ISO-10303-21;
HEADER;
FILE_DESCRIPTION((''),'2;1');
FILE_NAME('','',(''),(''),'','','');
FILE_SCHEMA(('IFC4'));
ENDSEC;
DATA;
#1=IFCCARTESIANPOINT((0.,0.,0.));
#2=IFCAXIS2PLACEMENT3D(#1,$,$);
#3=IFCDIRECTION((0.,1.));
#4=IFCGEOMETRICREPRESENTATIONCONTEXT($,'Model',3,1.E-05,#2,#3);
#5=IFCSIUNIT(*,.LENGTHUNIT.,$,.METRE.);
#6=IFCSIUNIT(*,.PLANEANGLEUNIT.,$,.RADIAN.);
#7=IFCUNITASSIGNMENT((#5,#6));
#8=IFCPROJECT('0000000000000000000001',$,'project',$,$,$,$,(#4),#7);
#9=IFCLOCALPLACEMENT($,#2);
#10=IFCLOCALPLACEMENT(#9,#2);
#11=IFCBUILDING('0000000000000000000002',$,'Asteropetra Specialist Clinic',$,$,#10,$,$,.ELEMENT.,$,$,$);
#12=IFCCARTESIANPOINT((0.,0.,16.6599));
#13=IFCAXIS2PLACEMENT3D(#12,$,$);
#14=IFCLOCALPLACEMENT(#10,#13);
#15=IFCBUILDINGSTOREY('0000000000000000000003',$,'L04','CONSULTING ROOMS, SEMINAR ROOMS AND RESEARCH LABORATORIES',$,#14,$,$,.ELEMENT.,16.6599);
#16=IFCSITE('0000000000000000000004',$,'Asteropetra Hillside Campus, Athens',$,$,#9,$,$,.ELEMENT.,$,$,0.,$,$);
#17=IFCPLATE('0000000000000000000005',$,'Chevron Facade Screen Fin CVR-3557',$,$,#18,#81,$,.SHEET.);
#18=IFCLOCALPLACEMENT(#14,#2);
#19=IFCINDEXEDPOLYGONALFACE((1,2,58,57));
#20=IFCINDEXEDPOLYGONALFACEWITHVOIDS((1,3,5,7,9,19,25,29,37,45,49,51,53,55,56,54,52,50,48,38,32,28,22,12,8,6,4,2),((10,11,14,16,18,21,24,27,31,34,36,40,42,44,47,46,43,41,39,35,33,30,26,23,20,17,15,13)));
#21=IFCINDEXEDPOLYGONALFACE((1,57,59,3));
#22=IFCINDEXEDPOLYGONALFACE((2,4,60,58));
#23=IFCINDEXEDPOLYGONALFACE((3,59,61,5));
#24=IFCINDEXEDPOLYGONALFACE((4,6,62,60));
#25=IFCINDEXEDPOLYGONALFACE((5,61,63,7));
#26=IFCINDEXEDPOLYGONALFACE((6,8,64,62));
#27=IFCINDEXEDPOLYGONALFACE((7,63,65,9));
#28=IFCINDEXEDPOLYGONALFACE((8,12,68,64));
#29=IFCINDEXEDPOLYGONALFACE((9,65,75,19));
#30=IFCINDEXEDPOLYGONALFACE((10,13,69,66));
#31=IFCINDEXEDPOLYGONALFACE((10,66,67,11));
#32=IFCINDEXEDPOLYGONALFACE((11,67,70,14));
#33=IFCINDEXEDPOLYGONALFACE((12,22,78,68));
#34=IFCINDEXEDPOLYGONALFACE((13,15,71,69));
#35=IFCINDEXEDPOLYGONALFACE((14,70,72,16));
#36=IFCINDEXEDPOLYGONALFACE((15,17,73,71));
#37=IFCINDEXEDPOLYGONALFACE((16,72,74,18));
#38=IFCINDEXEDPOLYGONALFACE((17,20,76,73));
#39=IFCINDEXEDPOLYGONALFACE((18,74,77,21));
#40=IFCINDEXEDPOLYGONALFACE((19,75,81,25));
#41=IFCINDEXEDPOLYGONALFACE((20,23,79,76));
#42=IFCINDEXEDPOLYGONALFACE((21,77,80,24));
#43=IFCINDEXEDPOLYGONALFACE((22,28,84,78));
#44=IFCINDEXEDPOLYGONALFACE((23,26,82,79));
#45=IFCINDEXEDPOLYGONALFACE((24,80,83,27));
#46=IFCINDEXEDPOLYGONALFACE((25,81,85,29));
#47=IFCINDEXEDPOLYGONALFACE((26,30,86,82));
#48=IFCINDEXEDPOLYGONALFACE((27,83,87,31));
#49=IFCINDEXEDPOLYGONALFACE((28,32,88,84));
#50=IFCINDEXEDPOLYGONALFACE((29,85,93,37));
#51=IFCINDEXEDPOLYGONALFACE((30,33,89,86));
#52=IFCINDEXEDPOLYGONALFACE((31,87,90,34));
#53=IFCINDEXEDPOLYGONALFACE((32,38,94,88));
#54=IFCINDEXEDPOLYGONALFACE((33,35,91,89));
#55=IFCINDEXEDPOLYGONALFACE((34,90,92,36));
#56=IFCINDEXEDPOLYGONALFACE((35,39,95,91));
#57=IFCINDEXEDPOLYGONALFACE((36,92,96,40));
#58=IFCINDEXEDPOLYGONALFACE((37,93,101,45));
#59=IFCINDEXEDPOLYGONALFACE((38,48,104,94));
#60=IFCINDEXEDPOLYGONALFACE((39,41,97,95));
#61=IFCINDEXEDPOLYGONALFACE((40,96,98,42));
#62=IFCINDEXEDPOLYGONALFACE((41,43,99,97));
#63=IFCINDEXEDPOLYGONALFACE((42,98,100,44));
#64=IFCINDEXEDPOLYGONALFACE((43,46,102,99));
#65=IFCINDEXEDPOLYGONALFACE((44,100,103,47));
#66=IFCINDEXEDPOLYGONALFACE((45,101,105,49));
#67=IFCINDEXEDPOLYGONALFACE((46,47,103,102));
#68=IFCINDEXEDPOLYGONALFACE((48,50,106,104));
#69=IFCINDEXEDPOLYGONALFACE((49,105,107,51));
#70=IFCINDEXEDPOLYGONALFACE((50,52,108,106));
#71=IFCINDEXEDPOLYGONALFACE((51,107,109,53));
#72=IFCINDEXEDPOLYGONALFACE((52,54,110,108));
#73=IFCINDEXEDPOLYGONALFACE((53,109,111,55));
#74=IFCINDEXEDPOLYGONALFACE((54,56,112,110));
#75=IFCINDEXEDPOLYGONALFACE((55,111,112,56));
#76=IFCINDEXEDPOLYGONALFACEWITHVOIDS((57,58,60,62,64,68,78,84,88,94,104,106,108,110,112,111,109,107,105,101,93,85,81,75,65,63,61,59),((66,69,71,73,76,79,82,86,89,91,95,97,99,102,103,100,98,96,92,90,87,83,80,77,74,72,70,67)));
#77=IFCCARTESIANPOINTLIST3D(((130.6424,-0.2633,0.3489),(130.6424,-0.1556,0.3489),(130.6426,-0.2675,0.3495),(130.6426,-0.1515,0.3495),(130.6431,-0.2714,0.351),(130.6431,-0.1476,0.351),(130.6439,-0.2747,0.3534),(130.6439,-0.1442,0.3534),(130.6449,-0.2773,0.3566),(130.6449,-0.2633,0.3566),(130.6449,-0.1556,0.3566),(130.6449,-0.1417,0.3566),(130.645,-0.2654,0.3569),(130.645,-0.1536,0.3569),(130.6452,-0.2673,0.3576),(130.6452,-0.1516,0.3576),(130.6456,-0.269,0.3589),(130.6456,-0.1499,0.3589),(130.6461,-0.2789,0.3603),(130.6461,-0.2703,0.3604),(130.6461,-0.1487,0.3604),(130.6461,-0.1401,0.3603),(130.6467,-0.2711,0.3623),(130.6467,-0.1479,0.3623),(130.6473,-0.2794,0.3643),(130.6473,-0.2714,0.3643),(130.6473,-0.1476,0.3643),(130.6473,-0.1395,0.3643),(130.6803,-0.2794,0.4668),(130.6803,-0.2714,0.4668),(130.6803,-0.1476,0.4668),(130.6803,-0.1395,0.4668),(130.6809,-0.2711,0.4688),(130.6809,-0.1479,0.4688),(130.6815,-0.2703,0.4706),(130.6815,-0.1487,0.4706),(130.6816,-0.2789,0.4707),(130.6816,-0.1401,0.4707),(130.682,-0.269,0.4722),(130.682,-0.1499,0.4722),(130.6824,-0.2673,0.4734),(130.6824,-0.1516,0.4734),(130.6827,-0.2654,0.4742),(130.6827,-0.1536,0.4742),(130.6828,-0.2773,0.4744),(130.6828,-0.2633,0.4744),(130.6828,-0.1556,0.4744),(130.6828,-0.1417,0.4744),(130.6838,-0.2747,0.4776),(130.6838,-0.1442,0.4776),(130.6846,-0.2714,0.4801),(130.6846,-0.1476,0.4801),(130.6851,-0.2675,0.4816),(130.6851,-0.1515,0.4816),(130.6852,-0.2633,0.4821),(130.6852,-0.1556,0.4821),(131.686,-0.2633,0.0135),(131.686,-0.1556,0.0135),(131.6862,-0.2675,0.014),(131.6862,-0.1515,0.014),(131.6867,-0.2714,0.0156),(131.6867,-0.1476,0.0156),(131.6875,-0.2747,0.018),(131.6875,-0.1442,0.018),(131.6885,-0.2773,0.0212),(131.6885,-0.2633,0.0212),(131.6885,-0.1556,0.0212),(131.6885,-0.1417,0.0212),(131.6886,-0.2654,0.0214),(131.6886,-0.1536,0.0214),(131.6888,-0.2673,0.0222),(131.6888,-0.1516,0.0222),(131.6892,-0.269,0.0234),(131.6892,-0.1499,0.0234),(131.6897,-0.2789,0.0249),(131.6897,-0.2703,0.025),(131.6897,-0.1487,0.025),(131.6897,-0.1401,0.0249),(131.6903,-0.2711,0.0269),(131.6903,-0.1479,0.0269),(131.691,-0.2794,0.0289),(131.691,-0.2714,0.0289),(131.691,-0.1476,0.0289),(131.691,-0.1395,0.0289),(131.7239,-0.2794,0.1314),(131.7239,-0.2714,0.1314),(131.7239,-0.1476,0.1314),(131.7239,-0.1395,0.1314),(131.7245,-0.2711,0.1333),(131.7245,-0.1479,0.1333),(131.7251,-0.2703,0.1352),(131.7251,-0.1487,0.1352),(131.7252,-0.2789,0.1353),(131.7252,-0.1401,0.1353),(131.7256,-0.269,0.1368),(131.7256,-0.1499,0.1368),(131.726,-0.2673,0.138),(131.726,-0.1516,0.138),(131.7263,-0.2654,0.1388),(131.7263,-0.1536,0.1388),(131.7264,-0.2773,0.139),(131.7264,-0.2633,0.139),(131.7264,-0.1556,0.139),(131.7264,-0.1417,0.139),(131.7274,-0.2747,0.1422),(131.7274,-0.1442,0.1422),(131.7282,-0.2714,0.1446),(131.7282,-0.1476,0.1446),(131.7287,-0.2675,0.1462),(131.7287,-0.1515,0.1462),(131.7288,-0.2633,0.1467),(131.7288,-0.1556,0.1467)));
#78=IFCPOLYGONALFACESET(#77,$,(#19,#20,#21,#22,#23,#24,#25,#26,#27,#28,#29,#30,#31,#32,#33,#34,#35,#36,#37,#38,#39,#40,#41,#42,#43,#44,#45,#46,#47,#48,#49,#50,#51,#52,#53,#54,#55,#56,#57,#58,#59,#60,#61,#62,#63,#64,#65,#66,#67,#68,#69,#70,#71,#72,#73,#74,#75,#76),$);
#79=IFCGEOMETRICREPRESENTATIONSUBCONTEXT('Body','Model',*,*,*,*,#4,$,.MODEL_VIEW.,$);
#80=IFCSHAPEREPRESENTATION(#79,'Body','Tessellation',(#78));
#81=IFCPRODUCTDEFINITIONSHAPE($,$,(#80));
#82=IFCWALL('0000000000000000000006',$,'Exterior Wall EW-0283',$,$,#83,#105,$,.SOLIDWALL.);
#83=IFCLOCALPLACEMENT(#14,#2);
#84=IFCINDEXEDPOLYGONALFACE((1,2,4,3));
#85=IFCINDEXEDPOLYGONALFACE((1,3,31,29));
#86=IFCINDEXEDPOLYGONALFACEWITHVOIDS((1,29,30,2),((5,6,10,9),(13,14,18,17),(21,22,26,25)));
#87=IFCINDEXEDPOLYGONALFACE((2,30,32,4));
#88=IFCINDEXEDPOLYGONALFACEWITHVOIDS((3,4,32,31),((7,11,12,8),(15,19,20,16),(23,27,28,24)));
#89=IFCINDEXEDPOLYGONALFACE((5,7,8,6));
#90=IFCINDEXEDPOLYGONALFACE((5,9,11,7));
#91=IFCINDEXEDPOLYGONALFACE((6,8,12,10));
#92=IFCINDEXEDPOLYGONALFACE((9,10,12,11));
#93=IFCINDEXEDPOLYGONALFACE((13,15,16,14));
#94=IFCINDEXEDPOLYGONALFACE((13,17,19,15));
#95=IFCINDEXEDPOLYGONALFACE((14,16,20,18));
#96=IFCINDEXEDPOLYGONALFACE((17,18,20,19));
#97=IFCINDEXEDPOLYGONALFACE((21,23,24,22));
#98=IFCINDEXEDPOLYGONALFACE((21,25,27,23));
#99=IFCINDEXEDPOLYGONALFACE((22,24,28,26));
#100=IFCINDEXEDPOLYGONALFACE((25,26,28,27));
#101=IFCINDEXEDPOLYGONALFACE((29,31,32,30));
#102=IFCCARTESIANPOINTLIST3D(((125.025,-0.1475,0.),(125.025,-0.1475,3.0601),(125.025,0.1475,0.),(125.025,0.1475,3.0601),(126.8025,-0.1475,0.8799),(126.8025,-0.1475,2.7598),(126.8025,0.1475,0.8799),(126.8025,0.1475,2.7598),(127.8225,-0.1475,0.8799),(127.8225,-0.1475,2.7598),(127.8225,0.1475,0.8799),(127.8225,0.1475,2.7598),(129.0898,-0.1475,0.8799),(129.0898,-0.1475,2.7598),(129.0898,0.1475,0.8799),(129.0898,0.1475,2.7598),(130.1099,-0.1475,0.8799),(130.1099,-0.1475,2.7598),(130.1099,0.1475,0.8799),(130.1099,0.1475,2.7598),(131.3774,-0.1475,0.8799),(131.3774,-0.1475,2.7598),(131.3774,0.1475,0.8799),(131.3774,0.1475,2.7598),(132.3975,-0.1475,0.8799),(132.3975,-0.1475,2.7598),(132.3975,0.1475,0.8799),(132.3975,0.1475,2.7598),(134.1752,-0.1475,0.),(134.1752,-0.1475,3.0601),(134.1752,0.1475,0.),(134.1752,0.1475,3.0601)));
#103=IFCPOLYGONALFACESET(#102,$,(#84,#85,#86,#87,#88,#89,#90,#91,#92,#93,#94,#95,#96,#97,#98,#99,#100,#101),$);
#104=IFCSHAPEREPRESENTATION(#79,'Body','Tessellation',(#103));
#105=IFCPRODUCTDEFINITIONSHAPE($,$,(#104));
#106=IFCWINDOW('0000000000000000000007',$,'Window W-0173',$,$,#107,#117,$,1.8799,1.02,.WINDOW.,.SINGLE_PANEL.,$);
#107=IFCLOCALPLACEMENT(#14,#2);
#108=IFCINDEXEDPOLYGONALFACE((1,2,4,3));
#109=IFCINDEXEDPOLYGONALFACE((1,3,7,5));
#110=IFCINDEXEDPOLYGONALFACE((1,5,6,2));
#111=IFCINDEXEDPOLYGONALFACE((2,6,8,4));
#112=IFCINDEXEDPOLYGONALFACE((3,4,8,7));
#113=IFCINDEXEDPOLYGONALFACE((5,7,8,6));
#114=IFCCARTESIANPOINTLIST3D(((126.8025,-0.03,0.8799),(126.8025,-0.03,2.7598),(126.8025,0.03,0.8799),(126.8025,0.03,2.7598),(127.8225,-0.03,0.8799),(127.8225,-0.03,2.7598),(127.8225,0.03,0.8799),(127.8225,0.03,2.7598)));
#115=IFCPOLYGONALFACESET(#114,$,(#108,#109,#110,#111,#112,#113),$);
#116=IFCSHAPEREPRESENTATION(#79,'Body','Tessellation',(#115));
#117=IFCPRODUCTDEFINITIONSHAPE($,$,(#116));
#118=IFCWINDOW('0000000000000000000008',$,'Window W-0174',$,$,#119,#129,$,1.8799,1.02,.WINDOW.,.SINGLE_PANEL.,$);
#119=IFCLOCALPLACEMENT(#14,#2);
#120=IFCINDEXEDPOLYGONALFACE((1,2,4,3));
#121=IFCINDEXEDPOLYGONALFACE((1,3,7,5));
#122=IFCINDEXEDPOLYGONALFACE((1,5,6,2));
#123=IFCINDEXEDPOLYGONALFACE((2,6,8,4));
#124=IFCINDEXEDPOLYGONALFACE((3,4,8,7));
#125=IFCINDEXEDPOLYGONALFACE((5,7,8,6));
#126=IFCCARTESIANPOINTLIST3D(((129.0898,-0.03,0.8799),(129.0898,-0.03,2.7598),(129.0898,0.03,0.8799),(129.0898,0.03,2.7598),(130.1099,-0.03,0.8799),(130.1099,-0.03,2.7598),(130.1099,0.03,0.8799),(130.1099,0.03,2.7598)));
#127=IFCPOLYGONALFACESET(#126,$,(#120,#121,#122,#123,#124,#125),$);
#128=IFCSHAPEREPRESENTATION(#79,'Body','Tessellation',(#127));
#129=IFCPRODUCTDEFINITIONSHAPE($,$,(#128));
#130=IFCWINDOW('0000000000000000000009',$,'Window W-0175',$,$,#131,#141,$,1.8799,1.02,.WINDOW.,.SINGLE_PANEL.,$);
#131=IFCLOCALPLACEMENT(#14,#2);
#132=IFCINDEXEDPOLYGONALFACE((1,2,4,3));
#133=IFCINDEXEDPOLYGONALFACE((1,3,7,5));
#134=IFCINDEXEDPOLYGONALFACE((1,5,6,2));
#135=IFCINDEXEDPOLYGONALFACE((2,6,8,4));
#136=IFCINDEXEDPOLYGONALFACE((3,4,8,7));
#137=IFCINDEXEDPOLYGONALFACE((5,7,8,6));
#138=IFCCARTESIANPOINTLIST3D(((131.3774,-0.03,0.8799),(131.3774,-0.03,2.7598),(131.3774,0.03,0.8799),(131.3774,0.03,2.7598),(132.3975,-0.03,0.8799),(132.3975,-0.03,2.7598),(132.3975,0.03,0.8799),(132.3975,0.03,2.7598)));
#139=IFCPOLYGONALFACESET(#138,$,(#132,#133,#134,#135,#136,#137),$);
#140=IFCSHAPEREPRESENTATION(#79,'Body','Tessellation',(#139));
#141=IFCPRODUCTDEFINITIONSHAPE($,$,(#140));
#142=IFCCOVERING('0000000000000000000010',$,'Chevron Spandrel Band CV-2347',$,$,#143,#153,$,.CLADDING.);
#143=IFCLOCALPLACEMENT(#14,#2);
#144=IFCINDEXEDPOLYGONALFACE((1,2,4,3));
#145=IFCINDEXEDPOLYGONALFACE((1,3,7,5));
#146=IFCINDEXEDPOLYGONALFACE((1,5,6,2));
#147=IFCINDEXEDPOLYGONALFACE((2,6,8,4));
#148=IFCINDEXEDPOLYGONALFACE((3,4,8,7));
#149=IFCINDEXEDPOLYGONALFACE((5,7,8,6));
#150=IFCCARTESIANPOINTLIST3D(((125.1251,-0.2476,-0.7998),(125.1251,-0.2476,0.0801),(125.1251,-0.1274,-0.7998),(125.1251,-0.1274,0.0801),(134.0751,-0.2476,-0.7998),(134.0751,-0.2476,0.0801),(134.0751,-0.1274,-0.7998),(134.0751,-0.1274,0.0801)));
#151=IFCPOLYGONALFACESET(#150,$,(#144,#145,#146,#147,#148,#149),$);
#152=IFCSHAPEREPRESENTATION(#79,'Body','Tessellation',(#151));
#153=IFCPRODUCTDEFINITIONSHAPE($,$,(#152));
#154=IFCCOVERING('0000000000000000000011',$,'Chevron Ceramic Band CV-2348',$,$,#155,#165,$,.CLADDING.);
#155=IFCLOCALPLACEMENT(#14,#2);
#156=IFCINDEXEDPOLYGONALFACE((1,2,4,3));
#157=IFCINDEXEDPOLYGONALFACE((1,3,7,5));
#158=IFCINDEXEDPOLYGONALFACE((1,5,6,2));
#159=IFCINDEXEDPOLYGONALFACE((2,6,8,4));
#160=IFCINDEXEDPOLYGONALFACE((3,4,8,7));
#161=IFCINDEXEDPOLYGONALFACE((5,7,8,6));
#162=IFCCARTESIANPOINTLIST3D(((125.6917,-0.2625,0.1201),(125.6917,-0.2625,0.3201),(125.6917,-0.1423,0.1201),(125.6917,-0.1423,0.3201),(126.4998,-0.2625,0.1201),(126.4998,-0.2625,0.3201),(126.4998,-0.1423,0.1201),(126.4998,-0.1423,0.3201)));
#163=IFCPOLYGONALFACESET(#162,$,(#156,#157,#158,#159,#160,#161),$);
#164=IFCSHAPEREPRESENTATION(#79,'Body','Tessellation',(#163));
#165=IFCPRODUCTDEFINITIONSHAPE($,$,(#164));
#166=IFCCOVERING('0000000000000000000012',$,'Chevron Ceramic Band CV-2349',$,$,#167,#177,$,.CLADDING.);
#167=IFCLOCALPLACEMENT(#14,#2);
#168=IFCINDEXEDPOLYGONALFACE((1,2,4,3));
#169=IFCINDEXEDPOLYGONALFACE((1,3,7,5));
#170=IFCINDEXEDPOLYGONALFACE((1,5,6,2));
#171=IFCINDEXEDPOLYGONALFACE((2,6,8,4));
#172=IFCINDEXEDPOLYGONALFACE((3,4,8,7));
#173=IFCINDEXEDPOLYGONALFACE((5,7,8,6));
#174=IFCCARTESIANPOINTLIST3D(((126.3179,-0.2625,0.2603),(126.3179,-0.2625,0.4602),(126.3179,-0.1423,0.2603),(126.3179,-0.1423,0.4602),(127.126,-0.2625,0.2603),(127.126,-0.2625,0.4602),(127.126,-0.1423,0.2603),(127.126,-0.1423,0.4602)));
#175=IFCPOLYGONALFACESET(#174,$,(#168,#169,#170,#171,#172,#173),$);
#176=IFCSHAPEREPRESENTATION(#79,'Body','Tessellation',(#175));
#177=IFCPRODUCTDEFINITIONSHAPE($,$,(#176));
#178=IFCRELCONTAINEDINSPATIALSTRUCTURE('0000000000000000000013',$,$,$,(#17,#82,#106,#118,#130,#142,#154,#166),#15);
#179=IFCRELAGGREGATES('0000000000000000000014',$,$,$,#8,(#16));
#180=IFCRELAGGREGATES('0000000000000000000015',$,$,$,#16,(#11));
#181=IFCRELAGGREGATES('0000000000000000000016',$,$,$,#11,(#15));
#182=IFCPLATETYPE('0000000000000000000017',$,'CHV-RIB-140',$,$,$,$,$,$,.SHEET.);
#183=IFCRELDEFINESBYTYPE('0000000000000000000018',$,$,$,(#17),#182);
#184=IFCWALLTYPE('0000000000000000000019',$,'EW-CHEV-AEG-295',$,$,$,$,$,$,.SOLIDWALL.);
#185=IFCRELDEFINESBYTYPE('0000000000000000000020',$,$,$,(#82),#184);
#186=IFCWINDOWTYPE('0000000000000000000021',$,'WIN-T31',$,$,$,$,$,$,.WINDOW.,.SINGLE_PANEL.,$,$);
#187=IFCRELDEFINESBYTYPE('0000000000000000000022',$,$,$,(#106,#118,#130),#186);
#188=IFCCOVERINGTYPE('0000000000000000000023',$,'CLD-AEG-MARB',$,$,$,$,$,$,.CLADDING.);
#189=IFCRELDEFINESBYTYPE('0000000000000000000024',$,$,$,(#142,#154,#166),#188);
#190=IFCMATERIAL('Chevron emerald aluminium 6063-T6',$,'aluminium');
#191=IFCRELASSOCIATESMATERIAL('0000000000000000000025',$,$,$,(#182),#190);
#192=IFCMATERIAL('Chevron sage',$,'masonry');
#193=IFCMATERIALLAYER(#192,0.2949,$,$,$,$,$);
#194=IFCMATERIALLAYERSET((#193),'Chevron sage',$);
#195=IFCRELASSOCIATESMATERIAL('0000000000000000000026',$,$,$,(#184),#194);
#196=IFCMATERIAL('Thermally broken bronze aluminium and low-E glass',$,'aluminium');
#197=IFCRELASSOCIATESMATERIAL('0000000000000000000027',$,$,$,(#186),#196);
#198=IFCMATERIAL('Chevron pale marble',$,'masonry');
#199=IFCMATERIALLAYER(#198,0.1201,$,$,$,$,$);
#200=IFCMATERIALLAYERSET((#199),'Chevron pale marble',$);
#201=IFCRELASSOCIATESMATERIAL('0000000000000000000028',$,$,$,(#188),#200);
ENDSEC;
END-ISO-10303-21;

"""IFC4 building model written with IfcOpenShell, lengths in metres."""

from ifc_helpers import new_model, si_unit, direction, frame, frame_2d, origin, origin_2d, place, context, subcontext, project, spatial, rectangle, hollow_rectangle, extrude, material, layer, layer_set, material_profile, profile_set, type_object, element, fill, save


model = new_model("IFC4")

# Units and contexts
model_context = context("Model", 3, precision=1e-05, world=origin(), true_north=direction((0.0, 1.0)))
body_context = subcontext(model_context, "Body", "Model", "MODEL_VIEW")
ifc_project = project(units=[si_unit("LENGTHUNIT", "METRE"), si_unit("PLANEANGLEUNIT", "RADIAN")], contexts=[model_context])

# Site, building, storey
site_placement = place(None, origin())
site = spatial("IfcSite", under=ifc_project, at=site_placement, Name="Asteropetra Hillside Campus, Athens", CompositionType="ELEMENT", RefElevation=0.0)
building_placement = place(site_placement, origin())
building = spatial("IfcBuilding", under=site, at=building_placement, Name="Asteropetra Specialist Clinic", CompositionType="ELEMENT")
storey_placement = place(building_placement, frame((0.0, 0.0, 16.6599)))
storey = spatial("IfcBuildingStorey", under=building, at=storey_placement, Name="L04", Description="CONSULTING ROOMS, SEMINAR ROOMS AND RESEARCH LABORATORIES", CompositionType="ELEMENT", Elevation=16.6599)

# Plate
ifc_material_1 = material(Name="Chevron emerald aluminium 6063-T6", Category="aluminium")
ifc_material_profile_1 = material_profile(ifc_material_1, hollow_rectangle(XDim=0.1399, YDim=0.1399, WallThickness=0.0081, InnerFilletRadius=0.0081, OuterFilletRadius=0.0161, at=origin_2d()), Name="SHS 140x140x8.0")
ifc_profile_set_1 = profile_set([ifc_material_profile_1], Name="Chevron emerald aluminium 6063-T6")
plate_type = type_object("IfcPlateType", Name="CHV-RIB-140", PredefinedType="SHEET", material=ifc_profile_set_1)
for number, where, z_axis, x_axis, name in (
    (1, (130.6638, -0.2095, 0.4155), (0.952036, 0.0, -0.305988), (0.0, 1.0, 0.0), "Chevron Facade Screen Fin CVR-3557"),
):
    element("IfcPlate", number, at=place(storey_placement, frame(where, z_axis=z_axis, x_axis=x_axis)), inside=storey, type_object=plate_type, Name=name, PredefinedType="SHEET", context=body_context, shape_type="SweptSolid", body=[
        extrude(hollow_rectangle(XDim=0.1399, YDim=0.1399, WallThickness=0.0081, InnerFilletRadius=0.0081, OuterFilletRadius=0.0161, at=origin_2d()), origin(), (0.0, 0.0, 1.0), 1.0962),
    ])

# Wall, openings, windows
ifc_material_2 = material(Name="Chevron sage", Category="masonry")
ifc_layer_1 = layer(ifc_material_2, 0.2949)
ifc_layer_set_1 = layer_set([ifc_layer_1], Name="Chevron sage")
wall_type = type_object("IfcWallType", Name="EW-CHEV-AEG-295", PredefinedType="SOLIDWALL", material=ifc_layer_set_1)
wall_placement = place(storey_placement, frame((125.0249, 0.0, 0.0), z_axis=(0.0, 0.0, 1.0), x_axis=(1.0, 0.0, 0.0)))
wall = element("IfcWall", 2, at=wall_placement, inside=storey, type_object=wall_type, Name="Exterior Wall EW-0283", PredefinedType="SOLIDWALL", context=body_context, shape_type="SweptSolid", body=[
    extrude(rectangle(XDim=9.1501, YDim=0.2949, at=frame_2d((4.5752, 0.0))), origin(), (0.0, 0.0, 1.0), 3.0601),
])
opening_1_placement = place(wall_placement, frame((1.7776, 0.0, 0.8799)))
opening_1 = element("IfcOpeningElement", 3, at=opening_1_placement, cuts=wall, PredefinedType="OPENING", context=body_context, shape_type="SweptSolid", body=[
    extrude(rectangle(XDim=1.02, YDim=1.8799, at=frame_2d((0.51, 0.9399))), frame((0.0, 0.1575, 0.0), z_axis=(0.0, -1.0, 0.0), x_axis=(1.0, 0.0, 0.0)), (0.0, 0.0, 1.0), 0.3149),
])
opening_2_placement = place(wall_placement, frame((4.0649, 0.0, 0.8799)))
opening_2 = element("IfcOpeningElement", 4, at=opening_2_placement, cuts=wall, PredefinedType="OPENING", context=body_context, shape_type="SweptSolid", body=[
    extrude(rectangle(XDim=1.02, YDim=1.8799, at=frame_2d((0.51, 0.9399))), frame((0.0, 0.1575, 0.0), z_axis=(0.0, -1.0, 0.0), x_axis=(1.0, 0.0, 0.0)), (0.0, 0.0, 1.0), 0.3149),
])
opening_3_placement = place(wall_placement, frame((6.3525, 0.0, 0.8799)))
opening_3 = element("IfcOpeningElement", 5, at=opening_3_placement, cuts=wall, PredefinedType="OPENING", context=body_context, shape_type="SweptSolid", body=[
    extrude(rectangle(XDim=1.02, YDim=1.8799, at=frame_2d((0.51, 0.9399))), frame((0.0, 0.1575, 0.0), z_axis=(0.0, -1.0, 0.0), x_axis=(1.0, 0.0, 0.0)), (0.0, 0.0, 1.0), 0.3149),
])
ifc_material_3 = material(Name="Thermally broken bronze aluminium and low-E glass", Category="aluminium")
window_type = type_object("IfcWindowType", Name="WIN-T31", PartitioningType="SINGLE_PANEL", PredefinedType="WINDOW", material=ifc_material_3)
window_1_placement = place(opening_1_placement, origin())
window_1 = element("IfcWindow", 6, at=window_1_placement, inside=storey, type_object=window_type, Name="Window W-0173", OverallHeight=1.8799, OverallWidth=1.02, PartitioningType="SINGLE_PANEL", PredefinedType="WINDOW", context=body_context, shape_type="SweptSolid", body=[
    extrude(rectangle(XDim=1.02, YDim=1.8799, at=frame_2d((0.51, 0.9399))), frame((0.0, 0.03, 0.0), z_axis=(0.0, -1.0, 0.0), x_axis=(1.0, 0.0, 0.0)), (0.0, 0.0, 1.0), 0.0601),
])
fill(opening_1, window_1)
window_2_placement = place(opening_2_placement, origin())
window_2 = element("IfcWindow", 7, at=window_2_placement, inside=storey, type_object=window_type, Name="Window W-0174", OverallHeight=1.8799, OverallWidth=1.02, PartitioningType="SINGLE_PANEL", PredefinedType="WINDOW", context=body_context, shape_type="SweptSolid", body=[
    extrude(rectangle(XDim=1.02, YDim=1.8799, at=frame_2d((0.51, 0.9399))), frame((0.0, 0.03, 0.0), z_axis=(0.0, -1.0, 0.0), x_axis=(1.0, 0.0, 0.0)), (0.0, 0.0, 1.0), 0.0601),
])
fill(opening_2, window_2)
window_3_placement = place(opening_3_placement, origin())
window_3 = element("IfcWindow", 8, at=window_3_placement, inside=storey, type_object=window_type, Name="Window W-0175", OverallHeight=1.8799, OverallWidth=1.02, PartitioningType="SINGLE_PANEL", PredefinedType="WINDOW", context=body_context, shape_type="SweptSolid", body=[
    extrude(rectangle(XDim=1.02, YDim=1.8799, at=frame_2d((0.51, 0.9399))), frame((0.0, 0.03, 0.0), z_axis=(0.0, -1.0, 0.0), x_axis=(1.0, 0.0, 0.0)), (0.0, 0.0, 1.0), 0.0601),
])
fill(opening_3, window_3)

# Coverings
ifc_material_4 = material(Name="Chevron pale marble", Category="masonry")
ifc_layer_2 = layer(ifc_material_4, 0.1201)
ifc_layer_set_2 = layer_set([ifc_layer_2], Name="Chevron pale marble")
covering_type_1 = type_object("IfcCoveringType", Name="CLD-AEG-MARB", PredefinedType="CLADDING", material=ifc_layer_set_2)
covering_placement = place(storey_placement, frame((129.6001, -0.1875, -0.7998), z_axis=(0.0, 0.0, 1.0), x_axis=(1.0, 0.0, 0.0)))
element("IfcCovering", 9, at=covering_placement, inside=storey, type_object=covering_type_1, Name="Chevron Spandrel Band CV-2347", PredefinedType="CLADDING", context=body_context, shape_type="SweptSolid", body=[
    extrude(rectangle(XDim=8.95, YDim=0.1201, at=origin_2d()), origin(), (0.0, 0.0, 1.0), 0.8799),
])
for number, where, z_axis, x_axis, name in (
    (10, (126.0957, -0.2024, 0.1201), (0.0, 0.0, 1.0), (1.0, 0.0, 0.0), "Chevron Ceramic Band CV-2348"),
    (11, (126.7219, -0.2024, 0.2603), (0.0, 0.0, 1.0), (1.0, 0.0, 0.0), "Chevron Ceramic Band CV-2349"),
):
    element("IfcCovering", number, at=place(storey_placement, frame(where, z_axis=z_axis, x_axis=x_axis)), inside=storey, type_object=covering_type_1, Name=name, PredefinedType="CLADDING", context=body_context, shape_type="SweptSolid", body=[
        extrude(rectangle(XDim=0.8081, YDim=0.1201, at=origin_2d()), origin(), (0.0, 0.0, 1.0), 0.2),
    ])

save(model, "model.ifc")
